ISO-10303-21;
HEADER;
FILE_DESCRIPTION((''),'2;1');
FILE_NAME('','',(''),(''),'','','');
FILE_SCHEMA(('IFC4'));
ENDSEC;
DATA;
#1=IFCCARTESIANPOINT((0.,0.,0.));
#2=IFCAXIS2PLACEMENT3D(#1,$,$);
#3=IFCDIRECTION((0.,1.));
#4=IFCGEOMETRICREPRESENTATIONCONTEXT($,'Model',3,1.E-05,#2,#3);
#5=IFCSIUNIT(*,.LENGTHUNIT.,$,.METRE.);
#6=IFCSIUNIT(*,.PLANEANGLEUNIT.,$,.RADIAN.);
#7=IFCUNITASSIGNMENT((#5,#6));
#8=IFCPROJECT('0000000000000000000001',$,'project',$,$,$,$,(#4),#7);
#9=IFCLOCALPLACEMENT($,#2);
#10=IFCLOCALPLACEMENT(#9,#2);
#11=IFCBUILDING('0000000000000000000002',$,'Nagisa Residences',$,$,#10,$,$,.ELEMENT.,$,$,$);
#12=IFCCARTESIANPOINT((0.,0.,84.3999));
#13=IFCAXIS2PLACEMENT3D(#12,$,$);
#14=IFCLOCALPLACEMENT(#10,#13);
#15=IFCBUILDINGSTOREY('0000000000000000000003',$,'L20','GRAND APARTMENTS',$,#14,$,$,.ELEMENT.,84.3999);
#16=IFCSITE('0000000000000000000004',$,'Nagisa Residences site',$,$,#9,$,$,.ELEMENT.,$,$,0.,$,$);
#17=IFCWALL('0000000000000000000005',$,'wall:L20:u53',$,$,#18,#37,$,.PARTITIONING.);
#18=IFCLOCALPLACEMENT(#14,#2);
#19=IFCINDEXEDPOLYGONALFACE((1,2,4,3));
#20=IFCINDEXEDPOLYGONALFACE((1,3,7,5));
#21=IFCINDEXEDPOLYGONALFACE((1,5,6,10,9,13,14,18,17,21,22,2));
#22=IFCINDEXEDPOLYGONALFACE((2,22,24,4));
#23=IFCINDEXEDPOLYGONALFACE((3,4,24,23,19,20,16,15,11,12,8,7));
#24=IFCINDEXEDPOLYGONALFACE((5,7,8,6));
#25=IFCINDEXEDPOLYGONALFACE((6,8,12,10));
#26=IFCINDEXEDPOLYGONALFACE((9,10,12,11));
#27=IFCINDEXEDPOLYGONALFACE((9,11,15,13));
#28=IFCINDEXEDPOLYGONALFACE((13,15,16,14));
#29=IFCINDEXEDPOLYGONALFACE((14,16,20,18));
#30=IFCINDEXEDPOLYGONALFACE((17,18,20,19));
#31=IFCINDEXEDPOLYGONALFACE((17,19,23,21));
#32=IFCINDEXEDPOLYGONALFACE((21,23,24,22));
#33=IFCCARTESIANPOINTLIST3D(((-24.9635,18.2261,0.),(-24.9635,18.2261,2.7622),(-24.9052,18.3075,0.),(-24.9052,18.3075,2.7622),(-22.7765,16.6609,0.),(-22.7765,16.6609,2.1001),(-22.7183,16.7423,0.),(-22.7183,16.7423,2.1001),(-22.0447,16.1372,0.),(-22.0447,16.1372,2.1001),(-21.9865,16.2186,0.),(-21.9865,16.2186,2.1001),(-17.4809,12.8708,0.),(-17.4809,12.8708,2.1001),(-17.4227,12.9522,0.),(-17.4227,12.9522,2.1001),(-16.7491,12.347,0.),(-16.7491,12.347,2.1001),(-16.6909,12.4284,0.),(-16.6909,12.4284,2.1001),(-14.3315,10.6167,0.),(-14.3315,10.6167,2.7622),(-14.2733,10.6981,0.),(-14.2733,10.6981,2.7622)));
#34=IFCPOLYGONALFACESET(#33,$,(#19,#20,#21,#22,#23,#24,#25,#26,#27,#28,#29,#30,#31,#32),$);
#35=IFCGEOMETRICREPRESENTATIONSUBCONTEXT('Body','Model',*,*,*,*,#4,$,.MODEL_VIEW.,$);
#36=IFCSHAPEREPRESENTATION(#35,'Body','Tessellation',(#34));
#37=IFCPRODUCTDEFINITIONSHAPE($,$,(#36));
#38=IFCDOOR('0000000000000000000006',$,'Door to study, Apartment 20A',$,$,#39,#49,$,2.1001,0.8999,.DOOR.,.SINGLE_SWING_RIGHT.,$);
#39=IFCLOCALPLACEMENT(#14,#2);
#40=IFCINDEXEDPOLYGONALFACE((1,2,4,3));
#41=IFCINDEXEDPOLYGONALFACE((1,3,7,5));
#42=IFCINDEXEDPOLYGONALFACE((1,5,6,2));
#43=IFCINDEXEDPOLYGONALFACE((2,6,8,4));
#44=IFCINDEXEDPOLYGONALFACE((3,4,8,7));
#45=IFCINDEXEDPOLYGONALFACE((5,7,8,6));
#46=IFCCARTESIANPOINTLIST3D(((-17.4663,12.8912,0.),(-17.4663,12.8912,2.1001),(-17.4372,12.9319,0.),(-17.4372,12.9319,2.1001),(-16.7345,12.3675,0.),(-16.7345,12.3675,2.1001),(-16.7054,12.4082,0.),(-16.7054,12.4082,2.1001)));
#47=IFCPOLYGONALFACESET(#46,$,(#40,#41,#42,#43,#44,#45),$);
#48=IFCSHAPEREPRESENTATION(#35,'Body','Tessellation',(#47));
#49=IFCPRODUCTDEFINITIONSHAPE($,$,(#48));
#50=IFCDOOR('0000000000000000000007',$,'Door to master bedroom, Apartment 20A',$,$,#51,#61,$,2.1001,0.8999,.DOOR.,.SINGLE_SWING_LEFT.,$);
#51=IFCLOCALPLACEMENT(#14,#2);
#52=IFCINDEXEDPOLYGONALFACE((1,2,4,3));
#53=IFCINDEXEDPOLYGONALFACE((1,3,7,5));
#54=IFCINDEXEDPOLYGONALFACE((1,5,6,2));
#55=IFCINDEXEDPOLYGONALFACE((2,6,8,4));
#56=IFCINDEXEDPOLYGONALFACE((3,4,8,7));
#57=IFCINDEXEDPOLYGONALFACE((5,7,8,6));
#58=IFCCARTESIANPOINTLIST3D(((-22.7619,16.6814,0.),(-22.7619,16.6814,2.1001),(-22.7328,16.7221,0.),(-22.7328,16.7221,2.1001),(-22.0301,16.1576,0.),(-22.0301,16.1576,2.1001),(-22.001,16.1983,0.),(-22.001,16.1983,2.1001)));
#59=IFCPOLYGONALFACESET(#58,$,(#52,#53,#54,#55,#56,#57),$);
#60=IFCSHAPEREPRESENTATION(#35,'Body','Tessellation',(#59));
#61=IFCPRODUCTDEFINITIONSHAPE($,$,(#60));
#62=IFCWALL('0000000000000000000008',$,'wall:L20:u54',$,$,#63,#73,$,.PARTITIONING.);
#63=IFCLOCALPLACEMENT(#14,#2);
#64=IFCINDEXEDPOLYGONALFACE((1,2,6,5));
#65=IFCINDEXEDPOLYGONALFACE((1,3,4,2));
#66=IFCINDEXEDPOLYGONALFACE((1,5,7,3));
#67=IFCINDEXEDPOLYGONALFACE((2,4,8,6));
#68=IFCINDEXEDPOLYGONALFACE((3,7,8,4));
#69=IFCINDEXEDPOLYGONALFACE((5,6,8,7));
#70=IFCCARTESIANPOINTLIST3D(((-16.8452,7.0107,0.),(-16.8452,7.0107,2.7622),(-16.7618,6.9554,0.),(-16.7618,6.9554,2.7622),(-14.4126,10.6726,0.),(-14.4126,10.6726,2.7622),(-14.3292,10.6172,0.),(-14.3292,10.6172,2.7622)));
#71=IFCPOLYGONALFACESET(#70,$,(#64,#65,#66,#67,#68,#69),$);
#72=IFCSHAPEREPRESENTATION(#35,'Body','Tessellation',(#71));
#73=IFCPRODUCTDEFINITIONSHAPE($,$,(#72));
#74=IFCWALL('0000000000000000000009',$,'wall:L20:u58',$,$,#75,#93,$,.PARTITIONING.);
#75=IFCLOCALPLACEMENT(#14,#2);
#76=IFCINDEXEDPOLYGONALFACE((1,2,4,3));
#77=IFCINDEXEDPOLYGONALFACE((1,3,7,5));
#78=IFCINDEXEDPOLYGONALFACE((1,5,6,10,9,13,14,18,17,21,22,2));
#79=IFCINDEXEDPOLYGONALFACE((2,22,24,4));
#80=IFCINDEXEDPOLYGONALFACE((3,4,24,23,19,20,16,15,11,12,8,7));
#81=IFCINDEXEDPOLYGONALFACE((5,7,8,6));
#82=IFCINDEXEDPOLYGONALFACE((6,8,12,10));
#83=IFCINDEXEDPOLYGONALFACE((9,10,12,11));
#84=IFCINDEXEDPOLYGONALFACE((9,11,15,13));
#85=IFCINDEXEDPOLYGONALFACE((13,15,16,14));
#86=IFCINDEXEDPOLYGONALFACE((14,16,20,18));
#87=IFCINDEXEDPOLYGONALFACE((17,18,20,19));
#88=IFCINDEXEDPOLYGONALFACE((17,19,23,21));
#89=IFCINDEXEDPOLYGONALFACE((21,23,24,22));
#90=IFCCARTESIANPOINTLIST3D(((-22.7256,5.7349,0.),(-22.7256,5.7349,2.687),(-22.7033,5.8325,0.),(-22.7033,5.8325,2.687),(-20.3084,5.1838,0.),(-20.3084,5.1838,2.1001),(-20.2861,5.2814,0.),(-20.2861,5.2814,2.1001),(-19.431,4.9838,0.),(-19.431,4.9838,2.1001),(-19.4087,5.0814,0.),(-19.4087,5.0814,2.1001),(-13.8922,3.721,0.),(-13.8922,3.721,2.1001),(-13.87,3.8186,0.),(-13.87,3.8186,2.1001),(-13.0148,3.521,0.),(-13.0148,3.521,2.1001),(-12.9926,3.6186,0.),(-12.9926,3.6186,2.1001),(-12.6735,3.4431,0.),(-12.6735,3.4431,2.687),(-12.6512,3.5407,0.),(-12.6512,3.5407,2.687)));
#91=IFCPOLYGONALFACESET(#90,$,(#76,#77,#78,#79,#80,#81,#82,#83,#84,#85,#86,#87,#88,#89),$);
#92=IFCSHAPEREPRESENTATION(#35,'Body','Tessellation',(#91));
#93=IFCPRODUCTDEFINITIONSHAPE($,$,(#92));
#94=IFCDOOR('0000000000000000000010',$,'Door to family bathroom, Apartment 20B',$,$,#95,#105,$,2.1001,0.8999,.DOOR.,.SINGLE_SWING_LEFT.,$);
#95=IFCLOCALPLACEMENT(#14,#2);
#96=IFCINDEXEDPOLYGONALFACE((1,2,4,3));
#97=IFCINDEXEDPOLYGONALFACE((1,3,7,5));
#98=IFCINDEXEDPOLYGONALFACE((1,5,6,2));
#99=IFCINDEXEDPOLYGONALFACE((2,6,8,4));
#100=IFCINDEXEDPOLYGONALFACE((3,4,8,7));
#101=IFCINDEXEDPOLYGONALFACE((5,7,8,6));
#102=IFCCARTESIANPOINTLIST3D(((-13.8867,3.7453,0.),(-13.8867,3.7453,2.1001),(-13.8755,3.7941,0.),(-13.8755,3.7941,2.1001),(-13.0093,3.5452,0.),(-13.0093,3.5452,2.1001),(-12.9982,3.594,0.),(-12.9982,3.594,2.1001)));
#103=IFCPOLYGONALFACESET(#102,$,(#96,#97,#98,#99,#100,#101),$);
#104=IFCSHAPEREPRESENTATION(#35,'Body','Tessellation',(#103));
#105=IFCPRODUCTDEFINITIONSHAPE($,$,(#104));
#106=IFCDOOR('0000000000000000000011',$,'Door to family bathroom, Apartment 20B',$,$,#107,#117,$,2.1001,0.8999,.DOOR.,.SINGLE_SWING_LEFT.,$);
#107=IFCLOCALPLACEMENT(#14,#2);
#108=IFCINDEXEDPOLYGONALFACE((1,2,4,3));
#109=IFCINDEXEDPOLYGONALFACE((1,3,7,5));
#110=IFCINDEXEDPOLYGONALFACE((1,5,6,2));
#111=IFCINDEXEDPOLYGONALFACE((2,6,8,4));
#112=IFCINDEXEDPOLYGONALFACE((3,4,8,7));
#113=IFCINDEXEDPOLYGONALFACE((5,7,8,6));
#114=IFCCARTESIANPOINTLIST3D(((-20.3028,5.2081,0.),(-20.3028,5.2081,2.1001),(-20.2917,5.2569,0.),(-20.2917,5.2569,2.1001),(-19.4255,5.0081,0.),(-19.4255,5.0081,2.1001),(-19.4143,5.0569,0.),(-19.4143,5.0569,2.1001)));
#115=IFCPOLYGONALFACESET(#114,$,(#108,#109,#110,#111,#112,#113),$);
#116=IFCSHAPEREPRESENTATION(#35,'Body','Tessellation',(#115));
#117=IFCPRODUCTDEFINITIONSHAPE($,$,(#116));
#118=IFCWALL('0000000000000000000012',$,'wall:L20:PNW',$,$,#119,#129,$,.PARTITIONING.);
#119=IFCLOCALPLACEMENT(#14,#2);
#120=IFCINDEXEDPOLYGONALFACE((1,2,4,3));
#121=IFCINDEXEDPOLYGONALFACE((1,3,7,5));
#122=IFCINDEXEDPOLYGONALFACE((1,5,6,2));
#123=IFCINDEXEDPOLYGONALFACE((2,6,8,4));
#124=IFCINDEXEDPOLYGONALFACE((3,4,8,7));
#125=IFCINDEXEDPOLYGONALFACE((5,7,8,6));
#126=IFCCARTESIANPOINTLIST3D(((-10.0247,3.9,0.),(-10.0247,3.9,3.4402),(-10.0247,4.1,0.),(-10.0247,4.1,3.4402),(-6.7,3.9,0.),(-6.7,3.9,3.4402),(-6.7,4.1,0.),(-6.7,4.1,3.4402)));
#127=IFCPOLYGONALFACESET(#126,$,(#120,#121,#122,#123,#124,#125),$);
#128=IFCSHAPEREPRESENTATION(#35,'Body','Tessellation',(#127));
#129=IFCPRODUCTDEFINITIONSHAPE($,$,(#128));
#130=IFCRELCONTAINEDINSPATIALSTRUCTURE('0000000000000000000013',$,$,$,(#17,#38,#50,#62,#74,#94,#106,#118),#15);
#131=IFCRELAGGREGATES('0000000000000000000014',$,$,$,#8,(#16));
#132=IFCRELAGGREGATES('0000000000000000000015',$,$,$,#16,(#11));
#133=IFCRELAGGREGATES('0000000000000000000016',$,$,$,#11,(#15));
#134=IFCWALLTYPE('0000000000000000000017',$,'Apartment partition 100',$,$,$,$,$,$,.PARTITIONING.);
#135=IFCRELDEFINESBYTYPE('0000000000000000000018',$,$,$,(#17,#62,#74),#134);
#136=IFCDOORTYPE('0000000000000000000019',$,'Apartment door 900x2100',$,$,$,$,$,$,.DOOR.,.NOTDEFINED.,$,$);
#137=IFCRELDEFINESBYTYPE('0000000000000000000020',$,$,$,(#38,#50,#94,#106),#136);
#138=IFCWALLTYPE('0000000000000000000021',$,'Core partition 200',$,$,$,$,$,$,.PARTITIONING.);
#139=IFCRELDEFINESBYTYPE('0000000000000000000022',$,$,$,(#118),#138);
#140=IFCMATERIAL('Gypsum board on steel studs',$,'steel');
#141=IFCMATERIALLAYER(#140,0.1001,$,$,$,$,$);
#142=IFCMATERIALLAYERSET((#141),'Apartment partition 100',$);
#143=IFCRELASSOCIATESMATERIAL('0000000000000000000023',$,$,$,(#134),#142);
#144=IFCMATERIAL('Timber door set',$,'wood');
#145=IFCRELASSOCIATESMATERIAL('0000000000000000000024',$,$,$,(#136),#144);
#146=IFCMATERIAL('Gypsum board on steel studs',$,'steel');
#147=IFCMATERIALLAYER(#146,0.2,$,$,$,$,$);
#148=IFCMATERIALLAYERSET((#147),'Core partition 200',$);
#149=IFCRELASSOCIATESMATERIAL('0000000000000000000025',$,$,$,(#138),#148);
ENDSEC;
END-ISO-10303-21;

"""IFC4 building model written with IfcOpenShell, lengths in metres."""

from ifc_helpers import new_model, si_unit, direction, frame, frame_2d, origin, place, context, subcontext, project, spatial, rectangle, extrude, material, layer, layer_set, type_object, element, fill, save


model = new_model("IFC4")

# Units and contexts
model_context = context("Model", 3, precision=1e-05, world=origin(), true_north=direction((0.0, 1.0)))
body_context = subcontext(model_context, "Body", "Model", "MODEL_VIEW")
ifc_project = project(units=[si_unit("LENGTHUNIT", "METRE"), si_unit("PLANEANGLEUNIT", "RADIAN")], contexts=[model_context])

# Site, building, storey
site_placement = place(None, origin())
site = spatial("IfcSite", under=ifc_project, at=site_placement, Name="Nagisa Residences site", CompositionType="ELEMENT", RefElevation=0.0)
building_placement = place(site_placement, origin())
building = spatial("IfcBuilding", under=site, at=building_placement, Name="Nagisa Residences", CompositionType="ELEMENT")
storey_placement = place(building_placement, frame((0.0, 0.0, 84.3999)))
storey = spatial("IfcBuildingStorey", under=building, at=storey_placement, Name="L20", Description="GRAND APARTMENTS", CompositionType="ELEMENT", Elevation=84.3999)

# Shared definitions
ifc_material_1 = material(Name="Gypsum board on steel studs", Category="steel")
ifc_layer_1 = layer(ifc_material_1, 0.1001)
ifc_layer_set_1 = layer_set([ifc_layer_1], Name="Apartment partition 100")
wall_type_1 = type_object("IfcWallType", Name="Apartment partition 100", PredefinedType="PARTITIONING", material=ifc_layer_set_1)

# Shared definitions
ifc_material_2 = material(Name="Timber door set", Category="wood")
door_type_1 = type_object("IfcDoorType", Name="Apartment door 900x2100", OperationType="NOTDEFINED", PredefinedType="DOOR", material=ifc_material_2)

# Wall, openings, doors
wall_1_placement = place(storey_placement, frame((-14.3025, 10.6575, 0.0), z_axis=(0.0, 0.0, 1.0), x_axis=(-0.813183, 0.582008, 0.0)))
wall_1 = element("IfcWall", 1, at=wall_1_placement, inside=storey, type_object=wall_type_1, Name="wall:L20:u53", PredefinedType="PARTITIONING", context=body_context, shape_type="SweptSolid", body=[
    extrude(rectangle(XDim=13.0745, YDim=0.1001, at=frame_2d((6.5371, 0.0))), origin(), (0.0, 0.0, 1.0), 2.7622),
])
opening_1_placement = place(wall_1_placement, frame((2.9729, 0.0, 0.0)))
opening_1 = element("IfcOpeningElement", 2, at=opening_1_placement, cuts=wall_1, PredefinedType="OPENING", context=body_context, shape_type="SweptSolid", body=[
    extrude(rectangle(XDim=0.8999, YDim=2.1001, at=frame_2d((0.45, 1.05))), frame((0.0, 0.0601, 0.0), z_axis=(0.0, -1.0, 0.0), x_axis=(1.0, 0.0, 0.0)), (0.0, 0.0, 1.0), 0.1201),
])
opening_2_placement = place(wall_1_placement, frame((9.4851, 0.0, 0.0)))
opening_2 = element("IfcOpeningElement", 3, at=opening_2_placement, cuts=wall_1, PredefinedType="OPENING", context=body_context, shape_type="SweptSolid", body=[
    extrude(rectangle(XDim=0.8999, YDim=2.1001, at=frame_2d((0.45, 1.05))), frame((0.0, 0.0601, 0.0), z_axis=(0.0, -1.0, 0.0), x_axis=(1.0, 0.0, 0.0)), (0.0, 0.0, 1.0), 0.1201),
])
door_1_placement = place(opening_1_placement, origin())
door_1 = element("IfcDoor", 4, at=door_1_placement, inside=storey, type_object=door_type_1, Name="Door to study, Apartment 20A", OperationType="SINGLE_SWING_RIGHT", OverallHeight=2.1001, OverallWidth=0.8999, PredefinedType="DOOR", context=body_context, shape_type="SweptSolid", body=[
    extrude(rectangle(XDim=0.8999, YDim=2.1001, at=frame_2d((0.45, 1.05))), frame((0.0, 0.0249, 0.0), z_axis=(0.0, -1.0, 0.0), x_axis=(1.0, 0.0, 0.0)), (0.0, 0.0, 1.0), 0.05),
])
fill(opening_1, door_1)
door_2_placement = place(opening_2_placement, origin())
door_2 = element("IfcDoor", 5, at=door_2_placement, inside=storey, type_object=door_type_1, Name="Door to master bedroom, Apartment 20A", OperationType="SINGLE_SWING_LEFT", OverallHeight=2.1001, OverallWidth=0.8999, PredefinedType="DOOR", context=body_context, shape_type="SweptSolid", body=[
    extrude(rectangle(XDim=0.8999, YDim=2.1001, at=frame_2d((0.45, 1.05))), frame((0.0, 0.0249, 0.0), z_axis=(0.0, -1.0, 0.0), x_axis=(1.0, 0.0, 0.0)), (0.0, 0.0, 1.0), 0.05),
])
fill(opening_2, door_2)

# Wall
wall_2_placement = place(storey_placement, frame((-14.3708, 10.645, 0.0), z_axis=(0.0, 0.0, 1.0), x_axis=(-0.553341, -0.832955, 0.0)))
element("IfcWall", 6, at=wall_2_placement, inside=storey, type_object=wall_type_1, Name="wall:L20:u54", PredefinedType="PARTITIONING", context=body_context, shape_type="SweptSolid", body=[
    extrude(rectangle(XDim=4.3962, YDim=0.1001, at=frame_2d((2.1982, 0.0))), origin(), (0.0, 0.0, 1.0), 2.7622),
])

# Wall, openings, doors
wall_3_placement = place(storey_placement, frame((-12.6624, 3.4919, 0.0), z_axis=(0.0, 0.0, 1.0), x_axis=(-0.974982, 0.222285, 0.0)))
wall_3 = element("IfcWall", 7, at=wall_3_placement, inside=storey, type_object=wall_type_1, Name="wall:L20:u58", PredefinedType="PARTITIONING", context=body_context, shape_type="SweptSolid", body=[
    extrude(rectangle(XDim=10.3101, YDim=0.1001, at=frame_2d((5.155, 0.0))), origin(), (0.0, 0.0, 1.0), 2.687),
])
opening_3_placement = place(wall_3_placement, frame((0.3501, 0.0, 0.0)))
opening_3 = element("IfcOpeningElement", 8, at=opening_3_placement, cuts=wall_3, PredefinedType="OPENING", context=body_context, shape_type="SweptSolid", body=[
    extrude(rectangle(XDim=0.8999, YDim=2.1001, at=frame_2d((0.45, 1.05))), frame((0.0, 0.0601, 0.0), z_axis=(0.0, -1.0, 0.0), x_axis=(1.0, 0.0, 0.0)), (0.0, 0.0, 1.0), 0.1201),
])
opening_4_placement = place(wall_3_placement, frame((6.9309, 0.0, 0.0)))
opening_4 = element("IfcOpeningElement", 9, at=opening_4_placement, cuts=wall_3, PredefinedType="OPENING", context=body_context, shape_type="SweptSolid", body=[
    extrude(rectangle(XDim=0.8999, YDim=2.1001, at=frame_2d((0.45, 1.05))), frame((0.0, 0.0601, 0.0), z_axis=(0.0, -1.0, 0.0), x_axis=(1.0, 0.0, 0.0)), (0.0, 0.0, 1.0), 0.1201),
])
door_3_placement = place(opening_3_placement, frame((0.8999, 0.0, 0.0), x_axis=(-1.0, 0.0, 0.0)))
door_3 = element("IfcDoor", 10, at=door_3_placement, inside=storey, type_object=door_type_1, Name="Door to family bathroom, Apartment 20B", OperationType="SINGLE_SWING_LEFT", OverallHeight=2.1001, OverallWidth=0.8999, PredefinedType="DOOR", context=body_context, shape_type="SweptSolid", body=[
    extrude(rectangle(XDim=0.8999, YDim=2.1001, at=frame_2d((0.45, 1.05))), frame((0.0, 0.0249, 0.0), z_axis=(0.0, -1.0, 0.0), x_axis=(1.0, 0.0, 0.0)), (0.0, 0.0, 1.0), 0.05),
])
fill(opening_3, door_3)
door_4_placement = place(opening_4_placement, frame((0.8999, 0.0, 0.0), x_axis=(-1.0, 0.0, 0.0)))
door_4 = element("IfcDoor", 11, at=door_4_placement, inside=storey, type_object=door_type_1, Name="Door to family bathroom, Apartment 20B", OperationType="SINGLE_SWING_LEFT", OverallHeight=2.1001, OverallWidth=0.8999, PredefinedType="DOOR", context=body_context, shape_type="SweptSolid", body=[
    extrude(rectangle(XDim=0.8999, YDim=2.1001, at=frame_2d((0.45, 1.05))), frame((0.0, 0.0249, 0.0), z_axis=(0.0, -1.0, 0.0), x_axis=(1.0, 0.0, 0.0)), (0.0, 0.0, 1.0), 0.05),
])
fill(opening_4, door_4)

# Wall
ifc_material_3 = material(Name="Gypsum board on steel studs", Category="steel")
ifc_layer_2 = layer(ifc_material_3, 0.2)
ifc_layer_set_2 = layer_set([ifc_layer_2], Name="Core partition 200")
wall_type_2 = type_object("IfcWallType", Name="Core partition 200", PredefinedType="PARTITIONING", material=ifc_layer_set_2)
wall_4_placement = place(storey_placement, frame((-10.0247, 4.0, 0.0), z_axis=(0.0, 0.0, 1.0), x_axis=(1.0, 0.0, 0.0)))
element("IfcWall", 12, at=wall_4_placement, inside=storey, type_object=wall_type_2, Name="wall:L20:PNW", PredefinedType="PARTITIONING", context=body_context, shape_type="SweptSolid", body=[
    extrude(rectangle(XDim=3.3247, YDim=0.2, at=frame_2d((1.6624, 0.0))), origin(), (0.0, 0.0, 1.0), 3.4402),
])

save(model, "model.ifc")
